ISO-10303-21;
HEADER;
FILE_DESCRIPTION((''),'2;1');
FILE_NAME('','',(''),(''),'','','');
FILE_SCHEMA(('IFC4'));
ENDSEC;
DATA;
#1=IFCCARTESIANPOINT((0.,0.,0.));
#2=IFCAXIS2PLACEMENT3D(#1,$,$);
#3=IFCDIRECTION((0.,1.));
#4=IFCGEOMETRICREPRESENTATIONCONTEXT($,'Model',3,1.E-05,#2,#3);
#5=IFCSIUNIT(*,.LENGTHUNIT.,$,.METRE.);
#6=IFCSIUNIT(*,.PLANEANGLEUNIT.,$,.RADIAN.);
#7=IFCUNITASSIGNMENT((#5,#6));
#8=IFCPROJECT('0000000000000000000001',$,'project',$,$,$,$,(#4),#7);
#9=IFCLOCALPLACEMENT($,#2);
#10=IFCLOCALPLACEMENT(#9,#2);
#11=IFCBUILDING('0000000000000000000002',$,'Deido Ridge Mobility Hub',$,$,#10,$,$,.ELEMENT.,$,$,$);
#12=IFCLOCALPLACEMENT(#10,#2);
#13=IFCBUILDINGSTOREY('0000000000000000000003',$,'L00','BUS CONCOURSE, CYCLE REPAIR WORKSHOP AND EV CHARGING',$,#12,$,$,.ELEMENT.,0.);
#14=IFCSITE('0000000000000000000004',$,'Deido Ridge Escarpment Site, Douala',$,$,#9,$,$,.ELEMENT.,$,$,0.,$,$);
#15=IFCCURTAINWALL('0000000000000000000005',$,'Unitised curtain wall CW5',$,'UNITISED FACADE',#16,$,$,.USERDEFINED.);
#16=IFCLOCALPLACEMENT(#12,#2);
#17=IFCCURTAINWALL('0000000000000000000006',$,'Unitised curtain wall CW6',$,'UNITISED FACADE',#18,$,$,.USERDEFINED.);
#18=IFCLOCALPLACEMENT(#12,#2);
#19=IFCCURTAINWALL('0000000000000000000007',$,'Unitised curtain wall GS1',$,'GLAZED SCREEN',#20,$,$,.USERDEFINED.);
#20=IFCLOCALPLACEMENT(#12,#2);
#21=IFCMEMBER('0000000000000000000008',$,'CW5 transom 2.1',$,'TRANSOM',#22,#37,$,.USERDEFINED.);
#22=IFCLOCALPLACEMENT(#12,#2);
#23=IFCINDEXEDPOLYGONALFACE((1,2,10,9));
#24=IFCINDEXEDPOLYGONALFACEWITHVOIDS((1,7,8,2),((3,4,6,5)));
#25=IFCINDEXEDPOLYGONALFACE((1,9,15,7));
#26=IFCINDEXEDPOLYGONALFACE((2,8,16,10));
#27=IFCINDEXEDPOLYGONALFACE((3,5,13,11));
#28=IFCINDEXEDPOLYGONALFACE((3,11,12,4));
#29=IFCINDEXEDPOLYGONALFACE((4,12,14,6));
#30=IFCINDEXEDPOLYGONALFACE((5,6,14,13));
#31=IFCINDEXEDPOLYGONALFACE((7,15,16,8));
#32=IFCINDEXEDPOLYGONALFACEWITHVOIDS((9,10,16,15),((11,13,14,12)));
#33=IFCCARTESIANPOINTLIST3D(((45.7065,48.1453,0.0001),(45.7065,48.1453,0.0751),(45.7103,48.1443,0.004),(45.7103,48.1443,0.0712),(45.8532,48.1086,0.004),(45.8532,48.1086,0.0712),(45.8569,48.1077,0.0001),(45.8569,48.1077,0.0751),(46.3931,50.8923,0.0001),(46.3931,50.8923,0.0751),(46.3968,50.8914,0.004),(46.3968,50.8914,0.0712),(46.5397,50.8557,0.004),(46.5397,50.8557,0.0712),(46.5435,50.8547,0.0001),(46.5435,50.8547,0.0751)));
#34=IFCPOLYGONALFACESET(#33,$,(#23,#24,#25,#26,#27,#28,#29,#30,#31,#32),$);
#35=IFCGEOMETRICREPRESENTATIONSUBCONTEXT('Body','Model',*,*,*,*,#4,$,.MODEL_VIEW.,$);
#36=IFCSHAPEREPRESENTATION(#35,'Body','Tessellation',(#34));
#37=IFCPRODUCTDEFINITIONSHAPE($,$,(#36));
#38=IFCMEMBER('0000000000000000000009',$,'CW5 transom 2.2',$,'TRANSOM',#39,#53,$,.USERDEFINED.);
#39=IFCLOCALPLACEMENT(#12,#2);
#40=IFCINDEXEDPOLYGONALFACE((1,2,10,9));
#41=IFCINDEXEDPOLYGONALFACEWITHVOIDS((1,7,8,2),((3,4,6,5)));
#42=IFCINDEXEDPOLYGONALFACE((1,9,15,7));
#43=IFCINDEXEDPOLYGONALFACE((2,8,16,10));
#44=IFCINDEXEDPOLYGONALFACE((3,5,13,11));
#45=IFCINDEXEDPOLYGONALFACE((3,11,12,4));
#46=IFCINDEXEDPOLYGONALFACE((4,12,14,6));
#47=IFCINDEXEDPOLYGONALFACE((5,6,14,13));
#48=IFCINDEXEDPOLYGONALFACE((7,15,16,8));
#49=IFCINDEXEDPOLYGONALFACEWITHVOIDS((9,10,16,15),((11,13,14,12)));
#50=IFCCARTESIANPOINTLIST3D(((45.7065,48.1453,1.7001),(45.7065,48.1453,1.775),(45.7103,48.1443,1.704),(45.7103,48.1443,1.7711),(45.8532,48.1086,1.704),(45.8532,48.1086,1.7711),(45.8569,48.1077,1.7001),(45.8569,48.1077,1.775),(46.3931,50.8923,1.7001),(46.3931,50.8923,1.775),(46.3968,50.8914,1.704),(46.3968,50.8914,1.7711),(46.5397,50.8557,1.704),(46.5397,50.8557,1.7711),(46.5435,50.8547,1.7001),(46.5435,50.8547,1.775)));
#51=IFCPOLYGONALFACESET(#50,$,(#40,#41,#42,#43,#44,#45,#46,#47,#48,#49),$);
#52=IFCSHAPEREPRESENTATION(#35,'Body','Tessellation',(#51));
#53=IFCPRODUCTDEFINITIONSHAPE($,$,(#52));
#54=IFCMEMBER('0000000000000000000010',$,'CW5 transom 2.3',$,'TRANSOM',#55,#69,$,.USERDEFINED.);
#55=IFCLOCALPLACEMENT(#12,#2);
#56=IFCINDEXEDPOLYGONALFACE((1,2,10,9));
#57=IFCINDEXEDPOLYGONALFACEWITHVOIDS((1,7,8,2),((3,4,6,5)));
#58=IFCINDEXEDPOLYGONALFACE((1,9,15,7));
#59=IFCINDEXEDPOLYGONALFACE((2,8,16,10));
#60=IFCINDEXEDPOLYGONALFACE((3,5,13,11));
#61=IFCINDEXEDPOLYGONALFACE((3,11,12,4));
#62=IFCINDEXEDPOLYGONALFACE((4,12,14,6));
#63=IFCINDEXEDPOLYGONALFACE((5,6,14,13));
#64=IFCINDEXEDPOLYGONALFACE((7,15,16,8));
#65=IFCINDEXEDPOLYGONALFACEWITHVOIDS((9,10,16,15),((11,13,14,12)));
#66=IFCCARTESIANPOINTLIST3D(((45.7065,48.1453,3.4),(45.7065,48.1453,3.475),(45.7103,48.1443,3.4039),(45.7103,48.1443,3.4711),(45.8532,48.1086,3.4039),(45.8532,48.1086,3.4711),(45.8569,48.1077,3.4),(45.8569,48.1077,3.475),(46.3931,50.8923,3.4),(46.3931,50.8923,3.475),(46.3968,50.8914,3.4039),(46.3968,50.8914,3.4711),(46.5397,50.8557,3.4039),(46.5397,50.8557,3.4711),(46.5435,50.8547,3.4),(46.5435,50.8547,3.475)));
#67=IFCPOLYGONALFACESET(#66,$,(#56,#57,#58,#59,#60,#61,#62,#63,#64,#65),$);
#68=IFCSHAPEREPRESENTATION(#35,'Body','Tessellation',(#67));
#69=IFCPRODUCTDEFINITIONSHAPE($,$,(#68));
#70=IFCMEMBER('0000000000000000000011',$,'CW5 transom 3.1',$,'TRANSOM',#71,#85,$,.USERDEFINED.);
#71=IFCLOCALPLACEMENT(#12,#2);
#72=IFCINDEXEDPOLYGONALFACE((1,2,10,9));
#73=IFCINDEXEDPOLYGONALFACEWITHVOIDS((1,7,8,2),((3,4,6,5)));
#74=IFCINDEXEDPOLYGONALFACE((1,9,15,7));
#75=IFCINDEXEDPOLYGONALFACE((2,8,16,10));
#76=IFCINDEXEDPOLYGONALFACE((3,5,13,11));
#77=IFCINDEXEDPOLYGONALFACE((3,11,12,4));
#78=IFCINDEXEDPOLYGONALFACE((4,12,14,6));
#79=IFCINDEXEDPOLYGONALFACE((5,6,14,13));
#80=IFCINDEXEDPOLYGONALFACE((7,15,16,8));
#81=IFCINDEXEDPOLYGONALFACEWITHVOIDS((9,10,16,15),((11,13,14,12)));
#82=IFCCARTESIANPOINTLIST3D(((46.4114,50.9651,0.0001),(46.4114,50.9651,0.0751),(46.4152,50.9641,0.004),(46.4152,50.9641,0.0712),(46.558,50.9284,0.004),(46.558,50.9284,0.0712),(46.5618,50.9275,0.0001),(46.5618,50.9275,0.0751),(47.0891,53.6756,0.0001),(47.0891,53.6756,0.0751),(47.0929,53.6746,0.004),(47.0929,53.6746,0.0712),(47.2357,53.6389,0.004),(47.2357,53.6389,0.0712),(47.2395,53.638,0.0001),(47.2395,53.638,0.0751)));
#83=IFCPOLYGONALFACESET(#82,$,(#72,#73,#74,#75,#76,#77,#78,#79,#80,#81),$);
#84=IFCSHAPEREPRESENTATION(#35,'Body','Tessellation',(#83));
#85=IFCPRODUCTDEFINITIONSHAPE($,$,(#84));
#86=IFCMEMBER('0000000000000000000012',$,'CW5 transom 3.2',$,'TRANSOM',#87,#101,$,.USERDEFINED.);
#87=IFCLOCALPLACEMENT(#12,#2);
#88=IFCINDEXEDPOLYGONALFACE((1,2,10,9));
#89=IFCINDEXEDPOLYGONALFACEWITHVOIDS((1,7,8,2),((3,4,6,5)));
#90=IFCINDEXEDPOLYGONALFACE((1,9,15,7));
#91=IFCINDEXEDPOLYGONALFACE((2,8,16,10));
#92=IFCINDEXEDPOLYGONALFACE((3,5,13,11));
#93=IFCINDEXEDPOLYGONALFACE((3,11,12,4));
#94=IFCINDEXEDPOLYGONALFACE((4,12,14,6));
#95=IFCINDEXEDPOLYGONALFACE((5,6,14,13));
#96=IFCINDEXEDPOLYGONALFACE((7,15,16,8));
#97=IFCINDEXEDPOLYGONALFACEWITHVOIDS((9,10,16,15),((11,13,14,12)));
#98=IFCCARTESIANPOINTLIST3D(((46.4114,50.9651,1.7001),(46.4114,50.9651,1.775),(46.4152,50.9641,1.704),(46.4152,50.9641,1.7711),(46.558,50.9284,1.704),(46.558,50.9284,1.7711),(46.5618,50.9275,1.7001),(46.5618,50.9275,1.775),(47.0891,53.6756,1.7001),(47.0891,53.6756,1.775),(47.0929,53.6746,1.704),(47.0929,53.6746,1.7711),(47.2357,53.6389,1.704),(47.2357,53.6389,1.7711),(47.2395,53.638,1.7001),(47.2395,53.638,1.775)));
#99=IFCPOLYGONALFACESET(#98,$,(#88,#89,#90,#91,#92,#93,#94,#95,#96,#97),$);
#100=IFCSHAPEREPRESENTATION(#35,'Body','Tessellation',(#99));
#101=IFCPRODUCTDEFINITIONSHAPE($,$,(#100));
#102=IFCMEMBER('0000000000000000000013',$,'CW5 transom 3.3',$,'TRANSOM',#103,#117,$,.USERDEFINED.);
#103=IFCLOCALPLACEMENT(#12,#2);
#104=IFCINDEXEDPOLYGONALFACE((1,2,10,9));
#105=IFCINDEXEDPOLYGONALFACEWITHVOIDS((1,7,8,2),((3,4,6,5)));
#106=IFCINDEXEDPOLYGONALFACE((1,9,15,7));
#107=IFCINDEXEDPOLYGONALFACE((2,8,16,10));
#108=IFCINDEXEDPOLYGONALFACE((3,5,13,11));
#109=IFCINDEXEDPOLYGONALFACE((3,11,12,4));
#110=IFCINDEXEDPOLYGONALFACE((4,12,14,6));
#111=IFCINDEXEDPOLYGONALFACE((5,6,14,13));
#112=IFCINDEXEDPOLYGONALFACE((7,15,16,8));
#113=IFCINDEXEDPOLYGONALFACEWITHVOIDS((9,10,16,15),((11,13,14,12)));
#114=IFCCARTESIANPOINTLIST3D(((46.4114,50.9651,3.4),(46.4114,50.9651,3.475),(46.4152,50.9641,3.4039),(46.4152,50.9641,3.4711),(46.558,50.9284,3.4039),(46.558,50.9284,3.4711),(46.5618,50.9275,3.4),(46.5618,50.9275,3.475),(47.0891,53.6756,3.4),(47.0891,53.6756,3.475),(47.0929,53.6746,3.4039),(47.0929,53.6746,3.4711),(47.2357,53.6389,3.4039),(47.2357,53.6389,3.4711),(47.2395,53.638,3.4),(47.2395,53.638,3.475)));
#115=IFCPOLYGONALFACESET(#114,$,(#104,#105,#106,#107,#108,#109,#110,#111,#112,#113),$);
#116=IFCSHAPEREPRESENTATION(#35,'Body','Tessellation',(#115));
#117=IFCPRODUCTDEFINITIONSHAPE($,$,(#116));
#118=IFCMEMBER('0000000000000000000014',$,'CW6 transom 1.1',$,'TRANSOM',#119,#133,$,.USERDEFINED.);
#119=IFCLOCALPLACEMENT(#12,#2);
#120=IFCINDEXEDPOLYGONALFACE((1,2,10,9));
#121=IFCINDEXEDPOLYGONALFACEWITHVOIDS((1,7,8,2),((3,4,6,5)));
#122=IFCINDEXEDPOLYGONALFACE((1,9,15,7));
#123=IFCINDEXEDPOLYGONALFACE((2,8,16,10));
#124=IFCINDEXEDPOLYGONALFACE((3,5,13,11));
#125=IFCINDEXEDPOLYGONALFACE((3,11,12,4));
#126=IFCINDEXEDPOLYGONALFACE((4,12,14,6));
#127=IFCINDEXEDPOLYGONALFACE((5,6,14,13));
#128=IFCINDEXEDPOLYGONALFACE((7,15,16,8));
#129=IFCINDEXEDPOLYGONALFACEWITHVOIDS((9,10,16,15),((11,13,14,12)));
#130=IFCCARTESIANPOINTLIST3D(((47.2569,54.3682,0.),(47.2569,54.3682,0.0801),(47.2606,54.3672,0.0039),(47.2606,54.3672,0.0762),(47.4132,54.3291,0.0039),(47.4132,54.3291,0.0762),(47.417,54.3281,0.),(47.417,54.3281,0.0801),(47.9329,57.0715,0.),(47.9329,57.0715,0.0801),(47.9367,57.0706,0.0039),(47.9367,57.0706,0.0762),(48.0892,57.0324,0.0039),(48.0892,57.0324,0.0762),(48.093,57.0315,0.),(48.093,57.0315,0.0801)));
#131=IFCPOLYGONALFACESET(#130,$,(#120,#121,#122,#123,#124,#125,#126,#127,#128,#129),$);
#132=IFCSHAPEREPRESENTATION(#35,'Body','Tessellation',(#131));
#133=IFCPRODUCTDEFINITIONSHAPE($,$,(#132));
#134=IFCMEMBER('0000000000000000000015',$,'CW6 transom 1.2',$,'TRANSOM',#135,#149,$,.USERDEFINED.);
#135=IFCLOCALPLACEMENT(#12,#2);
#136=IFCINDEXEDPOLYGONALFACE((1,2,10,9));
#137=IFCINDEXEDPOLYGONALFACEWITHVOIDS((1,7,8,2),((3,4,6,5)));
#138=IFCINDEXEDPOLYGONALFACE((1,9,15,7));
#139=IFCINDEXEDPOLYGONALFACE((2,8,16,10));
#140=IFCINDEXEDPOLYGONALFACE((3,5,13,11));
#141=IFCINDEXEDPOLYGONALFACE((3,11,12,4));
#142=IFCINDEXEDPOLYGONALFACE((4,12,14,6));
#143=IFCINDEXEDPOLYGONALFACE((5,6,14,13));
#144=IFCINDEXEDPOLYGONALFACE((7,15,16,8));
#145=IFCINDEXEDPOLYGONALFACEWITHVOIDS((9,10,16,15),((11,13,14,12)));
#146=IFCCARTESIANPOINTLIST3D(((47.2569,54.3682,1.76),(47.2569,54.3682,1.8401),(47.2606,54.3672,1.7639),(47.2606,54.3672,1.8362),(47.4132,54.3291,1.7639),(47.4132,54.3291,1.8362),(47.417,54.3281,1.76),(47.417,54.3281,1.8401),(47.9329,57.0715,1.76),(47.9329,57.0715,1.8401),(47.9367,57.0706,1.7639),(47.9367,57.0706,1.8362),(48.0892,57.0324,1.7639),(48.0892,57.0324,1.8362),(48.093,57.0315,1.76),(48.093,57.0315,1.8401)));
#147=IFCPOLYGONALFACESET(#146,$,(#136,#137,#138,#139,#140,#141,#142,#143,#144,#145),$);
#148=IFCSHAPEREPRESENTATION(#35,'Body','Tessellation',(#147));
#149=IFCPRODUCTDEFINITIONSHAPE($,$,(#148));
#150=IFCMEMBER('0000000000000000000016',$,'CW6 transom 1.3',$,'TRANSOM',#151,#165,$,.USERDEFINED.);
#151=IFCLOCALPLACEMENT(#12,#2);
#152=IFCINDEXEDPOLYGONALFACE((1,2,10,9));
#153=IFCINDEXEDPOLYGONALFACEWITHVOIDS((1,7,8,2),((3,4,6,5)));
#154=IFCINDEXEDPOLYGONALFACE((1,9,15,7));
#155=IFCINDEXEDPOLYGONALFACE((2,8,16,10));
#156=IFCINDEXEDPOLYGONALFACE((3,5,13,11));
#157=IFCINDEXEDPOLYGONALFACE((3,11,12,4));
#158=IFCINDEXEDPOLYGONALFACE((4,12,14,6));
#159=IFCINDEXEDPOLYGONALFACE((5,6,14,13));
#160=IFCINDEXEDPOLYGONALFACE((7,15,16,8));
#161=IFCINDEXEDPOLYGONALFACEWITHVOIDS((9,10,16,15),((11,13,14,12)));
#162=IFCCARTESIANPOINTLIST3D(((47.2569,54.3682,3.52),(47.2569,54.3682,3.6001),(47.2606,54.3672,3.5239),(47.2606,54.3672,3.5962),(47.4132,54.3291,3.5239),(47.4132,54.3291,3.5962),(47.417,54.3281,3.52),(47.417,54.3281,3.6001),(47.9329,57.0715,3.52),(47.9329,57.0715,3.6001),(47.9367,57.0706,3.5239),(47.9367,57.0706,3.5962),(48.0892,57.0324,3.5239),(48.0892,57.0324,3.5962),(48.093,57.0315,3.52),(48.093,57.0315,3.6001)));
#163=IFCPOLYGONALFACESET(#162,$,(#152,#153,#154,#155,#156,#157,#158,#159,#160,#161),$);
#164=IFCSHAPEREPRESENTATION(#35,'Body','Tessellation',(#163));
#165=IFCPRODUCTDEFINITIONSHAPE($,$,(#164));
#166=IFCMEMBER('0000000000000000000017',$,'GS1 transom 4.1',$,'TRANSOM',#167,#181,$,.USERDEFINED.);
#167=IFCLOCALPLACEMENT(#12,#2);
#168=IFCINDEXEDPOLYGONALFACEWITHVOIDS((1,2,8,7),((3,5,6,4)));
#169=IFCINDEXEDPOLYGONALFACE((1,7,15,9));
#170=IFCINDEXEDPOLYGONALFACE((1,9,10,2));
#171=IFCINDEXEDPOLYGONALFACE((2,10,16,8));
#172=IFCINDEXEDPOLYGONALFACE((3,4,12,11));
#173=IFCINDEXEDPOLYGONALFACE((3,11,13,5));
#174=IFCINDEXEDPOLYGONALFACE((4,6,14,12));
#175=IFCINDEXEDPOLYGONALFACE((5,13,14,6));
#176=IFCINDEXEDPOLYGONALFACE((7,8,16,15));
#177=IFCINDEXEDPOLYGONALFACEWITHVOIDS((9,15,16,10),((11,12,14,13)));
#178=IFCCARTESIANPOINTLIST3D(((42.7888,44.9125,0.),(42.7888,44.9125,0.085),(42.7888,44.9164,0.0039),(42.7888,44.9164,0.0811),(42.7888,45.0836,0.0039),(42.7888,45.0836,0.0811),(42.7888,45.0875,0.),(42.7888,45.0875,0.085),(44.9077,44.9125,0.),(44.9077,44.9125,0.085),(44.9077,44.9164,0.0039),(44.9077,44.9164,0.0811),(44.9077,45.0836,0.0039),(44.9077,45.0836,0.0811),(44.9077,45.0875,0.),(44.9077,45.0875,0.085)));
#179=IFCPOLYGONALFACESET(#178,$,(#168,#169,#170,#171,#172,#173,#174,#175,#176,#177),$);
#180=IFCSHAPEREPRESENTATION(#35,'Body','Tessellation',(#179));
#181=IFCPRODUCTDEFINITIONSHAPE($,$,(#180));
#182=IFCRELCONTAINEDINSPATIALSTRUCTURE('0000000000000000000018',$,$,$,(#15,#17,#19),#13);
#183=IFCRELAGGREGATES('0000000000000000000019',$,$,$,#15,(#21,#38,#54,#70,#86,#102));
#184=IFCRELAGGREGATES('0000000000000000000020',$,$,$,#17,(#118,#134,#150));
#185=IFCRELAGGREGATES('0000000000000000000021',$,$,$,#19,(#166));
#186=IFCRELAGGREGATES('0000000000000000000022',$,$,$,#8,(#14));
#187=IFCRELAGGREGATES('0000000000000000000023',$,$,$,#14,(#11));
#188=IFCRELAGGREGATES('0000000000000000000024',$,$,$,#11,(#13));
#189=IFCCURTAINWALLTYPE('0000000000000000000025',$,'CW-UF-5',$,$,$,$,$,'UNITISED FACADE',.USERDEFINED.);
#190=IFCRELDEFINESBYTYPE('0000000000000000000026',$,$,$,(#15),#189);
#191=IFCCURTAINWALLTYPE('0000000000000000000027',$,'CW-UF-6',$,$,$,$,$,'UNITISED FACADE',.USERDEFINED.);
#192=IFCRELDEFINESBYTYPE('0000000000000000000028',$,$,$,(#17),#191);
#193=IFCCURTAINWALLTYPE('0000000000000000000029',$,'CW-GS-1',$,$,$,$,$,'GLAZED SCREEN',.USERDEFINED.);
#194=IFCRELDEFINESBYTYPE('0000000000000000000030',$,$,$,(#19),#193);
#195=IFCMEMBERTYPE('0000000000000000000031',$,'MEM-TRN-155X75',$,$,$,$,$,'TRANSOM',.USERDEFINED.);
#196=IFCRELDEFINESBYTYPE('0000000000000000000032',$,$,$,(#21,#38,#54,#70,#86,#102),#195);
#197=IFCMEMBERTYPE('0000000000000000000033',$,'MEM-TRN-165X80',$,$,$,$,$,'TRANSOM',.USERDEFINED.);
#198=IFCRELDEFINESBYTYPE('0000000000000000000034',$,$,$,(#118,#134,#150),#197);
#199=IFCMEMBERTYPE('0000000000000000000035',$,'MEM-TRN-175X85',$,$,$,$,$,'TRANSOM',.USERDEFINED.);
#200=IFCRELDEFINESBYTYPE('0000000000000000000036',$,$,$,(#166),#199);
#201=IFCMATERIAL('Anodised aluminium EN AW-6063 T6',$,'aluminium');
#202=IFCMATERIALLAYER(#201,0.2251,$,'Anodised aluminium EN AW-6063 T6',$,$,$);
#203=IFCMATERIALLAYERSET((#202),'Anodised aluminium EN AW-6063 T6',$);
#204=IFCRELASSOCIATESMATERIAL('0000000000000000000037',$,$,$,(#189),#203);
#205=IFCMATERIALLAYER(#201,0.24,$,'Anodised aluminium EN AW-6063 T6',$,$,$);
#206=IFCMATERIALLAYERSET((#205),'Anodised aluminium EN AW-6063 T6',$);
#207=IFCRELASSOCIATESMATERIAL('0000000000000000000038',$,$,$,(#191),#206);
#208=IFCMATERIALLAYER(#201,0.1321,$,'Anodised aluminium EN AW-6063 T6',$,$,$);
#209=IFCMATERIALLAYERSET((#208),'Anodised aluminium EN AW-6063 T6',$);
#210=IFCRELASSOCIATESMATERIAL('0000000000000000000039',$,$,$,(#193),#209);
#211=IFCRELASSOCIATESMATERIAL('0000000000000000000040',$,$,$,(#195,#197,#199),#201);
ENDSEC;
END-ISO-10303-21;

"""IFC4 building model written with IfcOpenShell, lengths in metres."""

from ifc_helpers import new_model, si_unit, direction, frame, origin, origin_2d, place, context, subcontext, project, spatial, hollow_rectangle, extrude, material, layer, layer_set, material_profile, profile_set, type_object, element, aggregate, save


model = new_model("IFC4")

# Units and contexts
model_context = context("Model", 3, precision=1e-05, world=origin(), true_north=direction((0.0, 1.0)))
body_context = subcontext(model_context, "Body", "Model", "MODEL_VIEW")
ifc_project = project(units=[si_unit("LENGTHUNIT", "METRE"), si_unit("PLANEANGLEUNIT", "RADIAN")], contexts=[model_context])

# Site, building, storey
site_placement = place(None, origin())
site = spatial("IfcSite", under=ifc_project, at=site_placement, Name="Deido Ridge Escarpment Site, Douala", CompositionType="ELEMENT", RefElevation=0.0)
building_placement = place(site_placement, origin())
building = spatial("IfcBuilding", under=site, at=building_placement, Name="Deido Ridge Mobility Hub", CompositionType="ELEMENT")
storey_placement = place(building_placement, origin())
storey = spatial("IfcBuildingStorey", under=building, at=storey_placement, Name="L00", Description="BUS CONCOURSE, CYCLE REPAIR WORKSHOP AND EV CHARGING", CompositionType="ELEMENT", Elevation=0.0)

# Curtain wall
ifc_material_1 = material(Name="Anodised aluminium EN AW-6063 T6", Category="aluminium")
ifc_layer_1 = layer(ifc_material_1, 0.2251, Name="Anodised aluminium EN AW-6063 T6")
ifc_layer_set_1 = layer_set([ifc_layer_1], Name="Anodised aluminium EN AW-6063 T6")
curtain_wall_type_1 = type_object("IfcCurtainWallType", Name="CW-UF-5", ElementType="UNITISED FACADE", PredefinedType="USERDEFINED", material=ifc_layer_set_1)
curtain_wall_1_placement = place(storey_placement, origin())
curtain_wall_1 = element("IfcCurtainWall", 1, at=curtain_wall_1_placement, inside=storey, type_object=curtain_wall_type_1, Name="Unitised curtain wall CW5", ObjectType="UNITISED FACADE", PredefinedType="USERDEFINED")

# Curtain wall
ifc_layer_2 = layer(ifc_material_1, 0.24, Name="Anodised aluminium EN AW-6063 T6")
ifc_layer_set_2 = layer_set([ifc_layer_2], Name="Anodised aluminium EN AW-6063 T6")
curtain_wall_type_2 = type_object("IfcCurtainWallType", Name="CW-UF-6", ElementType="UNITISED FACADE", PredefinedType="USERDEFINED", material=ifc_layer_set_2)
curtain_wall_2_placement = place(storey_placement, origin())
curtain_wall_2 = element("IfcCurtainWall", 2, at=curtain_wall_2_placement, inside=storey, type_object=curtain_wall_type_2, Name="Unitised curtain wall CW6", ObjectType="UNITISED FACADE", PredefinedType="USERDEFINED")

# Curtain wall
ifc_layer_3 = layer(ifc_material_1, 0.1321, Name="Anodised aluminium EN AW-6063 T6")
ifc_layer_set_3 = layer_set([ifc_layer_3], Name="Anodised aluminium EN AW-6063 T6")
curtain_wall_type_3 = type_object("IfcCurtainWallType", Name="CW-GS-1", ElementType="GLAZED SCREEN", PredefinedType="USERDEFINED", material=ifc_layer_set_3)
curtain_wall_3_placement = place(storey_placement, origin())
curtain_wall_3 = element("IfcCurtainWall", 3, at=curtain_wall_3_placement, inside=storey, type_object=curtain_wall_type_3, Name="Unitised curtain wall GS1", ObjectType="GLAZED SCREEN", PredefinedType="USERDEFINED")

# Members
ifc_material_profile_1 = material_profile(ifc_material_1, hollow_rectangle(XDim=0.155, YDim=0.075, WallThickness=0.0039, at=origin_2d()), Name="RHS 155x75x4")
ifc_profile_set_1 = profile_set([ifc_material_profile_1], Name="Anodised aluminium EN AW-6063 T6")
member_type_1 = type_object("IfcMemberType", Name="MEM-TRN-155X75", ElementType="TRANSOM", PredefinedType="USERDEFINED", material=ifc_profile_set_1)
member_1_placement = place(storey_placement, frame((45.7817, 48.1265, 0.0376), z_axis=(0.242454, 0.970163, 0.0), x_axis=(-0.970163, 0.242454, 0.0)))
member_1 = element("IfcMember", 4, at=member_1_placement, type_object=member_type_1, Name="CW5 transom 2.1", ObjectType="TRANSOM", PredefinedType="USERDEFINED", context=body_context, shape_type="SweptSolid", body=[
    extrude(hollow_rectangle(XDim=0.155, YDim=0.075, WallThickness=0.0039, at=origin_2d()), origin(), (0.0, 0.0, 1.0), 2.8315),
])
member_2_placement = place(storey_placement, frame((45.7817, 48.1265, 1.7375), z_axis=(0.242454, 0.970163, 0.0), x_axis=(-0.970163, 0.242454, 0.0)))
member_2 = element("IfcMember", 5, at=member_2_placement, type_object=member_type_1, Name="CW5 transom 2.2", ObjectType="TRANSOM", PredefinedType="USERDEFINED", context=body_context, shape_type="SweptSolid", body=[
    extrude(hollow_rectangle(XDim=0.155, YDim=0.075, WallThickness=0.0039, at=origin_2d()), origin(), (0.0, 0.0, 1.0), 2.8315),
])
member_3_placement = place(storey_placement, frame((45.7817, 48.1265, 3.4375), z_axis=(0.242454, 0.970163, 0.0), x_axis=(-0.970163, 0.242454, 0.0)))
member_3 = element("IfcMember", 6, at=member_3_placement, type_object=member_type_1, Name="CW5 transom 2.3", ObjectType="TRANSOM", PredefinedType="USERDEFINED", context=body_context, shape_type="SweptSolid", body=[
    extrude(hollow_rectangle(XDim=0.155, YDim=0.075, WallThickness=0.0039, at=origin_2d()), origin(), (0.0, 0.0, 1.0), 2.8315),
])
member_4_placement = place(storey_placement, frame((46.4866, 50.9463, 0.0376), z_axis=(0.242577, 0.970132, 0.0), x_axis=(-0.970132, 0.242577, 0.0)))
member_4 = element("IfcMember", 7, at=member_4_placement, type_object=member_type_1, Name="CW5 transom 3.1", ObjectType="TRANSOM", PredefinedType="USERDEFINED", context=body_context, shape_type="SweptSolid", body=[
    extrude(hollow_rectangle(XDim=0.155, YDim=0.075, WallThickness=0.0039, at=origin_2d()), origin(), (0.0, 0.0, 1.0), 2.7939),
])
member_5_placement = place(storey_placement, frame((46.4866, 50.9463, 1.7375), z_axis=(0.242577, 0.970132, 0.0), x_axis=(-0.970132, 0.242577, 0.0)))
member_5 = element("IfcMember", 8, at=member_5_placement, type_object=member_type_1, Name="CW5 transom 3.2", ObjectType="TRANSOM", PredefinedType="USERDEFINED", context=body_context, shape_type="SweptSolid", body=[
    extrude(hollow_rectangle(XDim=0.155, YDim=0.075, WallThickness=0.0039, at=origin_2d()), origin(), (0.0, 0.0, 1.0), 2.7939),
])
member_6_placement = place(storey_placement, frame((46.4866, 50.9463, 3.4375), z_axis=(0.242577, 0.970132, 0.0), x_axis=(-0.970132, 0.242577, 0.0)))
member_6 = element("IfcMember", 9, at=member_6_placement, type_object=member_type_1, Name="CW5 transom 3.3", ObjectType="TRANSOM", PredefinedType="USERDEFINED", context=body_context, shape_type="SweptSolid", body=[
    extrude(hollow_rectangle(XDim=0.155, YDim=0.075, WallThickness=0.0039, at=origin_2d()), origin(), (0.0, 0.0, 1.0), 2.7939),
])
ifc_material_profile_2 = material_profile(ifc_material_1, hollow_rectangle(XDim=0.165, YDim=0.0801, WallThickness=0.0039, at=origin_2d()), Name="RHS 165x80x4")
ifc_profile_set_2 = profile_set([ifc_material_profile_2], Name="Anodised aluminium EN AW-6063 T6")
member_type_2 = type_object("IfcMemberType", Name="MEM-TRN-165X80", ElementType="TRANSOM", PredefinedType="USERDEFINED", material=ifc_profile_set_2)
member_7_placement = place(storey_placement, frame((47.3369, 54.3481, 0.04), z_axis=(0.242597, 0.970127, 0.0), x_axis=(-0.970127, 0.242597, 0.0)))
member_7 = element("IfcMember", 10, at=member_7_placement, type_object=member_type_2, Name="CW6 transom 1.1", ObjectType="TRANSOM", PredefinedType="USERDEFINED", context=body_context, shape_type="SweptSolid", body=[
    extrude(hollow_rectangle(XDim=0.165, YDim=0.0801, WallThickness=0.0039, at=origin_2d()), origin(), (0.0, 0.0, 1.0), 2.7866),
])
member_8_placement = place(storey_placement, frame((47.3369, 54.3481, 1.8), z_axis=(0.242597, 0.970127, 0.0), x_axis=(-0.970127, 0.242597, 0.0)))
member_8 = element("IfcMember", 11, at=member_8_placement, type_object=member_type_2, Name="CW6 transom 1.2", ObjectType="TRANSOM", PredefinedType="USERDEFINED", context=body_context, shape_type="SweptSolid", body=[
    extrude(hollow_rectangle(XDim=0.165, YDim=0.0801, WallThickness=0.0039, at=origin_2d()), origin(), (0.0, 0.0, 1.0), 2.7866),
])
member_9_placement = place(storey_placement, frame((47.3369, 54.3481, 3.5601), z_axis=(0.242597, 0.970127, 0.0), x_axis=(-0.970127, 0.242597, 0.0)))
member_9 = element("IfcMember", 12, at=member_9_placement, type_object=member_type_2, Name="CW6 transom 1.3", ObjectType="TRANSOM", PredefinedType="USERDEFINED", context=body_context, shape_type="SweptSolid", body=[
    extrude(hollow_rectangle(XDim=0.165, YDim=0.0801, WallThickness=0.0039, at=origin_2d()), origin(), (0.0, 0.0, 1.0), 2.7866),
])
ifc_material_profile_3 = material_profile(ifc_material_1, hollow_rectangle(XDim=0.175, YDim=0.085, WallThickness=0.0039, at=origin_2d()), Name="RHS 175x85x4")
ifc_profile_set_3 = profile_set([ifc_material_profile_3], Name="Anodised aluminium EN AW-6063 T6")
member_type_3 = type_object("IfcMemberType", Name="MEM-TRN-175X85", ElementType="TRANSOM", PredefinedType="USERDEFINED", material=ifc_profile_set_3)
member_10_placement = place(storey_placement, frame((42.7888, 45.0, 0.0425), z_axis=(1.0, 0.0, 0.0), x_axis=(0.0, 1.0, 0.0)))
member_10 = element("IfcMember", 13, at=member_10_placement, type_object=member_type_3, Name="GS1 transom 4.1", ObjectType="TRANSOM", PredefinedType="USERDEFINED", context=body_context, shape_type="SweptSolid", body=[
    extrude(hollow_rectangle(XDim=0.175, YDim=0.085, WallThickness=0.0039, at=origin_2d()), origin(), (0.0, 0.0, 1.0), 2.1189),
])

aggregate(curtain_wall_1, [member_1, member_2, member_3, member_4, member_5, member_6])
aggregate(curtain_wall_2, [member_7, member_8, member_9])
aggregate(curtain_wall_3, [member_10])

save(model, "model.ifc")
